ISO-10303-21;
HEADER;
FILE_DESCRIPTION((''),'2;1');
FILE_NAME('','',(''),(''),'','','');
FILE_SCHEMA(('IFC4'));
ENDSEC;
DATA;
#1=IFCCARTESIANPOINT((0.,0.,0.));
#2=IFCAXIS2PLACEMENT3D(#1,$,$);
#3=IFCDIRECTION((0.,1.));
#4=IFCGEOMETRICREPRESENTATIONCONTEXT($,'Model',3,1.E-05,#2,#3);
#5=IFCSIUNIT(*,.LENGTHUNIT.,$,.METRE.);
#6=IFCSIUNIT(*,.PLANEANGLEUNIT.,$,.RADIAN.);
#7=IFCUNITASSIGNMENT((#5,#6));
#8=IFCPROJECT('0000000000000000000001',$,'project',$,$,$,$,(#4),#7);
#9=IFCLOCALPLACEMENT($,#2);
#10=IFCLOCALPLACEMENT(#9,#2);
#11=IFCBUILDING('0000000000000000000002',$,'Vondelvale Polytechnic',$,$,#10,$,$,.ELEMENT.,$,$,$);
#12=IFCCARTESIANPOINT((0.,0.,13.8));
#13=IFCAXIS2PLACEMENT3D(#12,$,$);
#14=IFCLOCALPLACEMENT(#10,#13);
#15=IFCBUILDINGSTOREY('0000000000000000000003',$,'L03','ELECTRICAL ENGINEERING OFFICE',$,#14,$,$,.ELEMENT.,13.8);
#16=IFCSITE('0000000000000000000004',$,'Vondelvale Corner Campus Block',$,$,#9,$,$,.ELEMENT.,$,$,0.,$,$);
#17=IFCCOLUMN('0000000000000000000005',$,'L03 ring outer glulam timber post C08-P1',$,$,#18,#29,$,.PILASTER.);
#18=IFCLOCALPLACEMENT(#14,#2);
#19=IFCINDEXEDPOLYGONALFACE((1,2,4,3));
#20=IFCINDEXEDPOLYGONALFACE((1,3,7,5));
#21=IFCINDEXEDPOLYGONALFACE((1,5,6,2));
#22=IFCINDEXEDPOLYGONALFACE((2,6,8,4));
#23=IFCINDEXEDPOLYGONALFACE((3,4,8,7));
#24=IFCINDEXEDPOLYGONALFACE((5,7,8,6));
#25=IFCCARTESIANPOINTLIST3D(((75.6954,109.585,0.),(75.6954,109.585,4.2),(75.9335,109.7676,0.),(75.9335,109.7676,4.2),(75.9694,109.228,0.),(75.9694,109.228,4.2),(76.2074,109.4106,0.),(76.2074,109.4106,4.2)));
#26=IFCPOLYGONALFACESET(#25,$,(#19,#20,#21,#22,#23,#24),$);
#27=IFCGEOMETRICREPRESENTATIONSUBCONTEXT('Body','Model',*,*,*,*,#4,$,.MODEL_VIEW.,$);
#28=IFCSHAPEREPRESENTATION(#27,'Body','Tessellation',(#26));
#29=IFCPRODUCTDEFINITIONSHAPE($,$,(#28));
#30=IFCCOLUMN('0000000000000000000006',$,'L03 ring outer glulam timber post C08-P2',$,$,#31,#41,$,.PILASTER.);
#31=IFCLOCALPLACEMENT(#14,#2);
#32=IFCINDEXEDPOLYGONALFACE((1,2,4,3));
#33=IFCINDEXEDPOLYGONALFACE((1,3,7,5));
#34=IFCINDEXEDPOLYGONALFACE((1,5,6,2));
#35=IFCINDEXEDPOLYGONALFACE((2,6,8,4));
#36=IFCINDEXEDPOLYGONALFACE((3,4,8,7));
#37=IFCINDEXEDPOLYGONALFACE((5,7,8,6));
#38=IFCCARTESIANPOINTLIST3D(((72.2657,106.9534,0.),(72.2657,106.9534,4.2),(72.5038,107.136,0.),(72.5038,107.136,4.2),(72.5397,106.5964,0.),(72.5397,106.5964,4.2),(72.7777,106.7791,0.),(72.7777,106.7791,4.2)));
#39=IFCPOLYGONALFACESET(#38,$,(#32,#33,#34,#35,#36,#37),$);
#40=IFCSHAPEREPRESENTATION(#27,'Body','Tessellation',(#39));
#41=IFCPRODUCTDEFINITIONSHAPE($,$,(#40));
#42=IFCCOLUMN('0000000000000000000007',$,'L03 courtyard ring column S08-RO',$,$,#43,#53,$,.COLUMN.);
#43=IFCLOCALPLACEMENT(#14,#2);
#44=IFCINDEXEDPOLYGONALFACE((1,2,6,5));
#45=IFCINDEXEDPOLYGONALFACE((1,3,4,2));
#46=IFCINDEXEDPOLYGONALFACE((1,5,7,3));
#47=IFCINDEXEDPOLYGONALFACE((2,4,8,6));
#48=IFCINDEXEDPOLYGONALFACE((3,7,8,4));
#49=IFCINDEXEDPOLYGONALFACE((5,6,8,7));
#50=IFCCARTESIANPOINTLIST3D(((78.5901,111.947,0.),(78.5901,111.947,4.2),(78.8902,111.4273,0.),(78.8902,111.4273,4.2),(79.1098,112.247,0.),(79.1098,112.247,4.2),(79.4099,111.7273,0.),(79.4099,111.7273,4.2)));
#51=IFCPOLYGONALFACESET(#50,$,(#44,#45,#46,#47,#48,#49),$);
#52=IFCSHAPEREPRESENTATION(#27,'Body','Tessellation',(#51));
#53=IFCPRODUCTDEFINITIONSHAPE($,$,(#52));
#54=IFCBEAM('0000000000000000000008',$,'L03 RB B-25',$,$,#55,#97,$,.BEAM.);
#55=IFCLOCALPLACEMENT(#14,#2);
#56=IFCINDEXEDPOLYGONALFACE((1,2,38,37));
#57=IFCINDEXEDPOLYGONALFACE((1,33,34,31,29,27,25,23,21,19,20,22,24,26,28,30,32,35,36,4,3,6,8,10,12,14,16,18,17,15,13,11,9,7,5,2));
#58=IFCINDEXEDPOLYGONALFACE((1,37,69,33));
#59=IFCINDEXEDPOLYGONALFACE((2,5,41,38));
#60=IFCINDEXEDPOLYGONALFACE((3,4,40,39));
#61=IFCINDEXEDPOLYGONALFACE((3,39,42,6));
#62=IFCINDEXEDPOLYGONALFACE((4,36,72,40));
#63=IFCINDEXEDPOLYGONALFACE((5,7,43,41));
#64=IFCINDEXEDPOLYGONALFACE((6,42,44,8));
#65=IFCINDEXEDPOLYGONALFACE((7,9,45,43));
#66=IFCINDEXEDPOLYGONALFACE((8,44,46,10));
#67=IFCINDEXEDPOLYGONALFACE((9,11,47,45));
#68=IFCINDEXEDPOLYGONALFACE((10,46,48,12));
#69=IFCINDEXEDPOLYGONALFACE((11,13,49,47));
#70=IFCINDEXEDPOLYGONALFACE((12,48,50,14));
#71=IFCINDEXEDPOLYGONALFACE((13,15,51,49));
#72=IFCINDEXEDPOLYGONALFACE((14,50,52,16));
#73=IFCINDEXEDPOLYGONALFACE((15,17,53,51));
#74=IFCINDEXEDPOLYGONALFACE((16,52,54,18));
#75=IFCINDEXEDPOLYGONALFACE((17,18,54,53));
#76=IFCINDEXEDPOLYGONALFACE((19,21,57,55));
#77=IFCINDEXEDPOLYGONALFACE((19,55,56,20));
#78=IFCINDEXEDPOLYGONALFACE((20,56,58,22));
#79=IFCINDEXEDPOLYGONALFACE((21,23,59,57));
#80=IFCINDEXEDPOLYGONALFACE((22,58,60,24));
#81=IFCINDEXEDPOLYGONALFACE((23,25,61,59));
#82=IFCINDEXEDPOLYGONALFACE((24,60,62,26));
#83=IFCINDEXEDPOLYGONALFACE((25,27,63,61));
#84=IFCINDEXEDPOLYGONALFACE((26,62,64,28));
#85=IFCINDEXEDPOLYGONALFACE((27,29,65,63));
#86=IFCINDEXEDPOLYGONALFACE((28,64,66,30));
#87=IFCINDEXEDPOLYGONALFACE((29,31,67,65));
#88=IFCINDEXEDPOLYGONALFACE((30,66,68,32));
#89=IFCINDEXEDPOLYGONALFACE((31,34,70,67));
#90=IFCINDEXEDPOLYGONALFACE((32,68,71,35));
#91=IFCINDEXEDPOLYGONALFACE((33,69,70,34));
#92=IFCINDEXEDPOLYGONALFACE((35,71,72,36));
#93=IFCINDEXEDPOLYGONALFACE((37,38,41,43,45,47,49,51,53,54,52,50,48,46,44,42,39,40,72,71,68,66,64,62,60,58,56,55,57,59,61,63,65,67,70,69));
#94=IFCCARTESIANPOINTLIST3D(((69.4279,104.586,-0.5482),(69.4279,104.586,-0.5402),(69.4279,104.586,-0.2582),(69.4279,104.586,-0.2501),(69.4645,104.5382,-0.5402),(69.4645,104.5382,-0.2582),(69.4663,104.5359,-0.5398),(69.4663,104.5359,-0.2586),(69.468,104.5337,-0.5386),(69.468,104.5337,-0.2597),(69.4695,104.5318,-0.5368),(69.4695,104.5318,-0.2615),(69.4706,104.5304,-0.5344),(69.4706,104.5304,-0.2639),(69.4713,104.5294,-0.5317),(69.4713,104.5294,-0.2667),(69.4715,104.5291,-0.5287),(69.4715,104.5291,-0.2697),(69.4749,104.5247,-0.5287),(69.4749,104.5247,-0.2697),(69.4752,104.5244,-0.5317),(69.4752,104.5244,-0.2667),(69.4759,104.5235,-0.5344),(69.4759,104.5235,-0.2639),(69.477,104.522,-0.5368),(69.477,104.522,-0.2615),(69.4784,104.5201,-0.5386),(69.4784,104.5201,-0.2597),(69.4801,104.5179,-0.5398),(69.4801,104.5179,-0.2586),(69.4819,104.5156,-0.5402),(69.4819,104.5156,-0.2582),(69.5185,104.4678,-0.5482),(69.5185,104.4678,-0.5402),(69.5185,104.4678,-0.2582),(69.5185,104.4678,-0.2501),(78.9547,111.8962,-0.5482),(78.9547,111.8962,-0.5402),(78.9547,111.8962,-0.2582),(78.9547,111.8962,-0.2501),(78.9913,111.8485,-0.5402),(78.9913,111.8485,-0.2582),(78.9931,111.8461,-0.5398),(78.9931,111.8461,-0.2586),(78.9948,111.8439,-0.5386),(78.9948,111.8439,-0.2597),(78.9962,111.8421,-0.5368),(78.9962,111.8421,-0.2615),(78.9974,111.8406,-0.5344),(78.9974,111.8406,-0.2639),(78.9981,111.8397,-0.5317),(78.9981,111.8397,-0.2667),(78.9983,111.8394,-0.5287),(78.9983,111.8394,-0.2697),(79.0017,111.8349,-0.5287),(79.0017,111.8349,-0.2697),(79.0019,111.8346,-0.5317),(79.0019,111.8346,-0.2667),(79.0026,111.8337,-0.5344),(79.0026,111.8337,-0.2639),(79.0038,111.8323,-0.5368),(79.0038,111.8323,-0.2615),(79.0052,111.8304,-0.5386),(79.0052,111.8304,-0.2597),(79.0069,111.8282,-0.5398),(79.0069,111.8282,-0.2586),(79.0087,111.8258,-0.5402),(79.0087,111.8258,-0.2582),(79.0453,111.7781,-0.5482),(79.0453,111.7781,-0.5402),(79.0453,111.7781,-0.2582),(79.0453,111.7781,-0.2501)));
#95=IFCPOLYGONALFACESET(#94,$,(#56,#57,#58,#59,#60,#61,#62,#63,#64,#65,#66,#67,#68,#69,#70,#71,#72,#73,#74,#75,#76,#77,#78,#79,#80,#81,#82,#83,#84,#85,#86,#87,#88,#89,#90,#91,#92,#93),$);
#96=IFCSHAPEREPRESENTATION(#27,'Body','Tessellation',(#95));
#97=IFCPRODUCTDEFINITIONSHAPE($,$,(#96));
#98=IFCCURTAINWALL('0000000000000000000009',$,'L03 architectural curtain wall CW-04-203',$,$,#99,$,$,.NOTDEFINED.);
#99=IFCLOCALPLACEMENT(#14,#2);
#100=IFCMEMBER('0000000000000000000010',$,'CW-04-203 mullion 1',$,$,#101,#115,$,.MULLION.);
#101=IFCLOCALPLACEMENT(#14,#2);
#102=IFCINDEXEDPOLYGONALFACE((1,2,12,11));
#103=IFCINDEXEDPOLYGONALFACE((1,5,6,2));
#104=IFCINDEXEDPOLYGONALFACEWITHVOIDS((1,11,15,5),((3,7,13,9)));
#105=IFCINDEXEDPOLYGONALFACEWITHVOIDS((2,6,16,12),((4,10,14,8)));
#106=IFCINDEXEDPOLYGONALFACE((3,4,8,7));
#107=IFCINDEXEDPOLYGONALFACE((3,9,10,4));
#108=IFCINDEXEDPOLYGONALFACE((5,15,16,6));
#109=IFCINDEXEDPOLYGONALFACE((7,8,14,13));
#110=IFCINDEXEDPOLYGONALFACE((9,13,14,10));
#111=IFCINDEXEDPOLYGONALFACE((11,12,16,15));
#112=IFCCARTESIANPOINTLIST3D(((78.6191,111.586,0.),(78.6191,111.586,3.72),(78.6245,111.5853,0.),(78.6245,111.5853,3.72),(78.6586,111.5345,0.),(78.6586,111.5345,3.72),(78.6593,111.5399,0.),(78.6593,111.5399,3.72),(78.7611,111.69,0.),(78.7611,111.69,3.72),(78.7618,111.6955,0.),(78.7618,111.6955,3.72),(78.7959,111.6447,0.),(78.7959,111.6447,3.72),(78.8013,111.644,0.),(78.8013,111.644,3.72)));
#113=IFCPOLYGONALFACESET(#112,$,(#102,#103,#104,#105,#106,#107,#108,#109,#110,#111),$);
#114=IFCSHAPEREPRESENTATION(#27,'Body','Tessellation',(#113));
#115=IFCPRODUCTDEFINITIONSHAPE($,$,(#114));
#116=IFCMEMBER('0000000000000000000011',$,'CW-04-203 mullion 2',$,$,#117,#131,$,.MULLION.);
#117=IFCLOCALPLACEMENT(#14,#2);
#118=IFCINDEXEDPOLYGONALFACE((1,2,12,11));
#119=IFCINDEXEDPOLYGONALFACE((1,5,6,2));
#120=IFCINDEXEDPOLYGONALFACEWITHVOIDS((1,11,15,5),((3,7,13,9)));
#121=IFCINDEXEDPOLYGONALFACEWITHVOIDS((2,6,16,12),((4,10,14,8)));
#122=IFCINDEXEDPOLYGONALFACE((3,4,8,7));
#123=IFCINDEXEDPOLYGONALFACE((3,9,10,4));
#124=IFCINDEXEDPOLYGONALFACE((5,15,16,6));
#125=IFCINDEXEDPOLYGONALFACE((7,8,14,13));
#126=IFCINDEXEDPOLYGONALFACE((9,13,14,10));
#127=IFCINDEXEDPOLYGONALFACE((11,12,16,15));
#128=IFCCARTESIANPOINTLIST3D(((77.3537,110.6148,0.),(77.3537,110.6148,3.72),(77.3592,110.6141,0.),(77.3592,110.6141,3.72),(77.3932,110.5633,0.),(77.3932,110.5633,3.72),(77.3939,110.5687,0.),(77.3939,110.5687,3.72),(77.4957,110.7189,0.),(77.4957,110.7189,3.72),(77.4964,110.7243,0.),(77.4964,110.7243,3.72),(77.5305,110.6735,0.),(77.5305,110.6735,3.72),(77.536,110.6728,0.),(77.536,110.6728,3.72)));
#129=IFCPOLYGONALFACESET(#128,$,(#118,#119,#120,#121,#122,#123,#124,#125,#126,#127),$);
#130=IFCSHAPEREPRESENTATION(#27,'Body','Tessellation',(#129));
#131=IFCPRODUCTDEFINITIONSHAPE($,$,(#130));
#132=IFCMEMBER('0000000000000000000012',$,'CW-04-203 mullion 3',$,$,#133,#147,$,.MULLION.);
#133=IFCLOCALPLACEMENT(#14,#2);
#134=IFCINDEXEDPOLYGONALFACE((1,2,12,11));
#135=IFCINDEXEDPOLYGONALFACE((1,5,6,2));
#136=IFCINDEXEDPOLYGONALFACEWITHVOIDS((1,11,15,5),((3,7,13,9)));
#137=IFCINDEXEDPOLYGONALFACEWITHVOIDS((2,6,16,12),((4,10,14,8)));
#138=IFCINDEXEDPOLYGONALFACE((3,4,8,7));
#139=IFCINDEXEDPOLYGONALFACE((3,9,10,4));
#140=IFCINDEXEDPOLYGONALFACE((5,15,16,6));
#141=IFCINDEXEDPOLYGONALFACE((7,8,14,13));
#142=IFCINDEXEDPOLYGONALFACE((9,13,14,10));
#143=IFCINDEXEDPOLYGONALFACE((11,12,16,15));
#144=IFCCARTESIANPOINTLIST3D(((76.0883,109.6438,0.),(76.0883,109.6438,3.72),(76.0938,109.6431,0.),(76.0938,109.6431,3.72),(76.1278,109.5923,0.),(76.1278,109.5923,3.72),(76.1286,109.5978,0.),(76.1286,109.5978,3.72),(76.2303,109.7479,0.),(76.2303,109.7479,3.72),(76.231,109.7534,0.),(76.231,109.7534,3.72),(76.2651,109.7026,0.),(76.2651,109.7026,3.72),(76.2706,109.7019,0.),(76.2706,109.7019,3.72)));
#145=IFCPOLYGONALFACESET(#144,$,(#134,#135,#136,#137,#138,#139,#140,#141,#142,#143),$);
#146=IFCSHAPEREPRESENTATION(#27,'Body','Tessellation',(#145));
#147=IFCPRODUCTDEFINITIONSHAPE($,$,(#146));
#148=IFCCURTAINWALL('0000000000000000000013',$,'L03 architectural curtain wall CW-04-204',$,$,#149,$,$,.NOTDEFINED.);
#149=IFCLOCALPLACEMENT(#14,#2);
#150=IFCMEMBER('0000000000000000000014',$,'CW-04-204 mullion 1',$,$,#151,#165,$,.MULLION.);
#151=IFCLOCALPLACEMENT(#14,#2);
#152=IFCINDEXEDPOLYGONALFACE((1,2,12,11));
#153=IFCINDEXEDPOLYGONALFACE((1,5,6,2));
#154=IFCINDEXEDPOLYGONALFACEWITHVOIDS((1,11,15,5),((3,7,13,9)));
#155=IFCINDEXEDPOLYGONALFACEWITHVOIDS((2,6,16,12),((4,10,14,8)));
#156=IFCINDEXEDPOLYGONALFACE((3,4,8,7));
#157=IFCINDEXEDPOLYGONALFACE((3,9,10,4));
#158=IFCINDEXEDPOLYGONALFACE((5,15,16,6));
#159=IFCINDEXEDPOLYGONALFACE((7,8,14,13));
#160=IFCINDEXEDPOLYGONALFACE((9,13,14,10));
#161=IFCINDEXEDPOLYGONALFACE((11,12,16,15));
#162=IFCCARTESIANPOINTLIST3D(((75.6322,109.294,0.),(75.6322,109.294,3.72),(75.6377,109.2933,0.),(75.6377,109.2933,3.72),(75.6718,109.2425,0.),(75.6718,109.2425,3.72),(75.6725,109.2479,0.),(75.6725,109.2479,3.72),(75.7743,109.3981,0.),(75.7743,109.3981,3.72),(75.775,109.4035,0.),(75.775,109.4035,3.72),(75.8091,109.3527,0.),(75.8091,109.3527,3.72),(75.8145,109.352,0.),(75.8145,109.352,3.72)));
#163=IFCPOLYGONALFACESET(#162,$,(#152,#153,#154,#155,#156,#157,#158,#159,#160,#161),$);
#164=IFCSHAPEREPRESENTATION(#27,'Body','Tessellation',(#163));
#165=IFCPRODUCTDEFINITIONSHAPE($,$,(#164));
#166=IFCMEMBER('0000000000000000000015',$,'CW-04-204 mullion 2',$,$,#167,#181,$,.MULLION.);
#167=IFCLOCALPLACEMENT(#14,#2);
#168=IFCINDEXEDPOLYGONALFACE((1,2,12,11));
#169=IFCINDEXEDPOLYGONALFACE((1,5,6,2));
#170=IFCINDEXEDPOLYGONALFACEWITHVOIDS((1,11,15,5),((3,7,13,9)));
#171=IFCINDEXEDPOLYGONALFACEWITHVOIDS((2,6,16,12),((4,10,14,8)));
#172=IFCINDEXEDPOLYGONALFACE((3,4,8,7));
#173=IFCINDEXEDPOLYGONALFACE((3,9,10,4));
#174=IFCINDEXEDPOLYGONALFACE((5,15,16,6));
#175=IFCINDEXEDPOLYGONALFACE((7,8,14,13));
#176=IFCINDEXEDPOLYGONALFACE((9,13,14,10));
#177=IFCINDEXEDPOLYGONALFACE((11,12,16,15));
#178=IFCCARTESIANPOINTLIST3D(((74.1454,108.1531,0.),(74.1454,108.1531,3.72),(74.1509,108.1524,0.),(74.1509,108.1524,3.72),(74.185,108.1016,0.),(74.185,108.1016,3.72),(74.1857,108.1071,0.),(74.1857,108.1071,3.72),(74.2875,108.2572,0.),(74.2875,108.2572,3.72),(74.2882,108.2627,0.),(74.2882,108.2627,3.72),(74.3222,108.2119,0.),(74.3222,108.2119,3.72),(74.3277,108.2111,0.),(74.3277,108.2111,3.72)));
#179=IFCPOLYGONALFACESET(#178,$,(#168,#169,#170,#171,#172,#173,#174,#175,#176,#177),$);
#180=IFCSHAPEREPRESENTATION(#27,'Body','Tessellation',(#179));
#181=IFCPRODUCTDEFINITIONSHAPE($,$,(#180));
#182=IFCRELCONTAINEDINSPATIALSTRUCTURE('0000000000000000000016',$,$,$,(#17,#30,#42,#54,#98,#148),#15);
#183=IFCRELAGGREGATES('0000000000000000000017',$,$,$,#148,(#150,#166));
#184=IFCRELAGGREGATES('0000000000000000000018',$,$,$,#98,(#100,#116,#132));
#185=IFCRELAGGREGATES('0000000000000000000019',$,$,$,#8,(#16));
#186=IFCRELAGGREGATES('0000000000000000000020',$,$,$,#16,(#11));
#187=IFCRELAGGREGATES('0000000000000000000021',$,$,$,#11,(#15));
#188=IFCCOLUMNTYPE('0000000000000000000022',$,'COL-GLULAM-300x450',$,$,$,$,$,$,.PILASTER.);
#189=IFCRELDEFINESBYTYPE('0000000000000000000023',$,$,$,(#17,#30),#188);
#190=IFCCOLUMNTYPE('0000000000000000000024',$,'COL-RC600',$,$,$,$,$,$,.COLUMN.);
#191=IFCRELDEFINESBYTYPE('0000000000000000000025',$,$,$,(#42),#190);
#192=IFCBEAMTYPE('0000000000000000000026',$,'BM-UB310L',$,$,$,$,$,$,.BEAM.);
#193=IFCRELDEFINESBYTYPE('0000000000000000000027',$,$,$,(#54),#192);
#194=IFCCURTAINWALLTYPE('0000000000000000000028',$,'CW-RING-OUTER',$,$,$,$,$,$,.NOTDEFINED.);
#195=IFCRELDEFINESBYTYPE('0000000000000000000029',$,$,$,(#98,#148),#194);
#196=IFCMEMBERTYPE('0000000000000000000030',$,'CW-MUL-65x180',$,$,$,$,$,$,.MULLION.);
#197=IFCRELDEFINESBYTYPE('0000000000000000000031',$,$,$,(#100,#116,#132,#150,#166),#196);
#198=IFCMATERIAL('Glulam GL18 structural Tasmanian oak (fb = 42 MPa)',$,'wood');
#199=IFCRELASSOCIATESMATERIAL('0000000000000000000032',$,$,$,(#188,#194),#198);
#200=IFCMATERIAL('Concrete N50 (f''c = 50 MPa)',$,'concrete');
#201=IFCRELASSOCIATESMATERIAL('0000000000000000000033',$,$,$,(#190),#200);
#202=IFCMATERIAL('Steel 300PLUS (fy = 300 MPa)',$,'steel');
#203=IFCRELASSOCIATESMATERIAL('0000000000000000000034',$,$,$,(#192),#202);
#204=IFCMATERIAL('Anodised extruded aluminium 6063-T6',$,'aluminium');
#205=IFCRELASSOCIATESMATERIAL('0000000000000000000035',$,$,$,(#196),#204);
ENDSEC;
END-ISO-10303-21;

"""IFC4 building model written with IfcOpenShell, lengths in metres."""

from ifc_helpers import new_model, si_unit, direction, frame, origin, origin_2d, place, context, subcontext, project, spatial, rectangle, hollow_rectangle, i_section, extrude, material, material_profile, profile_set, type_object, element, aggregate, save


model = new_model("IFC4")

# Units and contexts
model_context = context("Model", 3, precision=1e-05, world=origin(), true_north=direction((0.0, 1.0)))
body_context = subcontext(model_context, "Body", "Model", "MODEL_VIEW")
ifc_project = project(units=[si_unit("LENGTHUNIT", "METRE"), si_unit("PLANEANGLEUNIT", "RADIAN")], contexts=[model_context])

# Site, building, storey
site_placement = place(None, origin())
site = spatial("IfcSite", under=ifc_project, at=site_placement, Name="Vondelvale Corner Campus Block", CompositionType="ELEMENT", RefElevation=0.0)
building_placement = place(site_placement, origin())
building = spatial("IfcBuilding", under=site, at=building_placement, Name="Vondelvale Polytechnic", CompositionType="ELEMENT")
storey_placement = place(building_placement, frame((0.0, 0.0, 13.8)))
storey = spatial("IfcBuildingStorey", under=building, at=storey_placement, Name="L03", Description="ELECTRICAL ENGINEERING OFFICE", CompositionType="ELEMENT", Elevation=13.8)

# Columns
ifc_material_1 = material(Name="Glulam GL18 structural Tasmanian oak (fb = 42 MPa)", Category="wood")
ifc_material_profile_1 = material_profile(ifc_material_1, rectangle(XDim=0.3, YDim=0.45, at=origin_2d()), Name="GL-POST-300x450")
ifc_profile_set_1 = profile_set([ifc_material_profile_1], Name="Glulam GL18 structural Tasmanian oak (fb = 42 MPa)")
column_type_1 = type_object("IfcColumnType", Name="COL-GLULAM-300x450", PredefinedType="PILASTER", material=ifc_profile_set_1)
for number, where, z_axis, x_axis, name in (
    (1, (75.9514, 109.4978, 0.0), (0.0, 0.0, 1.0), (0.793353, 0.608761, 0.0), "L03 ring outer glulam timber post C08-P1"),
    (2, (72.5217, 106.8662, 0.0), (0.0, 0.0, 1.0), (0.793353, 0.608761, 0.0), "L03 ring outer glulam timber post C08-P2"),
):
    element("IfcColumn", number, at=place(storey_placement, frame(where, z_axis=z_axis, x_axis=x_axis)), inside=storey, type_object=column_type_1, Name=name, PredefinedType="PILASTER", context=body_context, shape_type="SweptSolid", body=[
        extrude(rectangle(XDim=0.3, YDim=0.45, at=origin_2d()), origin(), (0.0, 0.0, 1.0), 4.2),
    ])
ifc_material_2 = material(Name="Concrete N50 (f'c = 50 MPa)", Category="concrete")
ifc_material_profile_2 = material_profile(ifc_material_2, rectangle(XDim=0.6001, YDim=0.6001, at=origin_2d()), Name="RC-COL-600x600")
ifc_profile_set_2 = profile_set([ifc_material_profile_2], Name="Concrete N50 (f'c = 50 MPa)")
column_type_2 = type_object("IfcColumnType", Name="COL-RC600", PredefinedType="COLUMN", material=ifc_profile_set_2)
column_placement = place(storey_placement, frame((79.0, 111.8372, 0.0), z_axis=(0.0, 0.0, 1.0), x_axis=(-0.5, 0.866025, 0.0)))
element("IfcColumn", 3, at=column_placement, inside=storey, type_object=column_type_2, Name="L03 courtyard ring column S08-RO", PredefinedType="COLUMN", context=body_context, shape_type="SweptSolid", body=[
    extrude(rectangle(XDim=0.6001, YDim=0.6001, at=origin_2d()), origin(), (0.0, 0.0, 1.0), 4.2),
])

# Beam
ifc_material_3 = material(Name="Steel 300PLUS (fy = 300 MPa)", Category="steel")
ifc_material_profile_3 = material_profile(ifc_material_3, i_section(OverallWidth=0.1489, OverallDepth=0.2981, WebThickness=0.0056, FlangeThickness=0.0081, FilletRadius=0.0115, at=origin_2d()), Name="310UB32.0")
ifc_profile_set_3 = profile_set([ifc_material_profile_3], Name="Steel 300PLUS (fy = 300 MPa)")
beam_type_1 = type_object("IfcBeamType", Name="BM-UB310L", PredefinedType="BEAM", material=ifc_profile_set_3)
beam_1_placement = place(storey_placement, frame((79.0, 111.8372, -0.3992), z_axis=(-0.79335, -0.608766, 0.0), x_axis=(0.608766, -0.79335, 0.0)))
element("IfcBeam", 4, at=beam_1_placement, inside=storey, type_object=beam_type_1, Name="L03 RB B-25", PredefinedType="BEAM", context=body_context, shape_type="SweptSolid", body=[
    extrude(i_section(OverallWidth=0.1489, OverallDepth=0.2981, WebThickness=0.0056, FlangeThickness=0.0081, FilletRadius=0.0115, at=origin_2d()), origin(), (0.0, 0.0, 1.0), 12.0083),
])

# Curtain walls, members
curtain_wall_type = type_object("IfcCurtainWallType", Name="CW-RING-OUTER", PredefinedType="NOTDEFINED", material=ifc_material_1)
curtain_wall_1_placement = place(storey_placement, origin())
curtain_wall_1 = element("IfcCurtainWall", 5, at=curtain_wall_1_placement, inside=storey, type_object=curtain_wall_type, Name="L03 architectural curtain wall CW-04-203", PredefinedType="NOTDEFINED")
ifc_material_4 = material(Name="Anodised extruded aluminium 6063-T6", Category="aluminium")
ifc_material_profile_4 = material_profile(ifc_material_4, hollow_rectangle(XDim=0.0649, YDim=0.1799, WallThickness=0.0039, at=origin_2d()), Name="CW-MUL-180x65")
ifc_profile_set_4 = profile_set([ifc_material_profile_4], Name="Anodised extruded aluminium 6063-T6")
member_type_1 = type_object("IfcMemberType", Name="CW-MUL-65x180", PredefinedType="MULLION", material=ifc_profile_set_4)
member_1_placement = place(storey_placement, frame((78.7102, 111.615, 0.0), z_axis=(0.0, 0.0, 1.0), x_axis=(0.608787, -0.793334, 0.0)))
member_1 = element("IfcMember", 6, at=member_1_placement, type_object=member_type_1, Name="CW-04-203 mullion 1", PredefinedType="MULLION", context=body_context, shape_type="SweptSolid", body=[
    extrude(hollow_rectangle(XDim=0.0649, YDim=0.1799, WallThickness=0.0039, at=origin_2d()), origin(), (0.0, 0.0, 1.0), 3.72),
])
member_2_placement = place(storey_placement, frame((77.4448, 110.6438, 0.0), z_axis=(0.0, 0.0, 1.0), x_axis=(0.608787, -0.793334, 0.0)))
member_2 = element("IfcMember", 7, at=member_2_placement, type_object=member_type_1, Name="CW-04-203 mullion 2", PredefinedType="MULLION", context=body_context, shape_type="SweptSolid", body=[
    extrude(hollow_rectangle(XDim=0.0649, YDim=0.1799, WallThickness=0.0039, at=origin_2d()), origin(), (0.0, 0.0, 1.0), 3.72),
])
member_3_placement = place(storey_placement, frame((76.1794, 109.6729, 0.0), z_axis=(0.0, 0.0, 1.0), x_axis=(0.608787, -0.793334, 0.0)))
member_3 = element("IfcMember", 8, at=member_3_placement, type_object=member_type_1, Name="CW-04-203 mullion 3", PredefinedType="MULLION", context=body_context, shape_type="SweptSolid", body=[
    extrude(hollow_rectangle(XDim=0.0649, YDim=0.1799, WallThickness=0.0039, at=origin_2d()), origin(), (0.0, 0.0, 1.0), 3.72),
])
curtain_wall_2_placement = place(storey_placement, origin())
curtain_wall_2 = element("IfcCurtainWall", 9, at=curtain_wall_2_placement, inside=storey, type_object=curtain_wall_type, Name="L03 architectural curtain wall CW-04-204", PredefinedType="NOTDEFINED")
member_4_placement = place(storey_placement, frame((75.7234, 109.323, 0.0), z_axis=(0.0, 0.0, 1.0), x_axis=(0.608771, -0.793346, 0.0)))
member_4 = element("IfcMember", 10, at=member_4_placement, type_object=member_type_1, Name="CW-04-204 mullion 1", PredefinedType="MULLION", context=body_context, shape_type="SweptSolid", body=[
    extrude(hollow_rectangle(XDim=0.0649, YDim=0.1799, WallThickness=0.0039, at=origin_2d()), origin(), (0.0, 0.0, 1.0), 3.72),
])
member_5_placement = place(storey_placement, frame((74.2366, 108.1821, 0.0), z_axis=(0.0, 0.0, 1.0), x_axis=(0.608771, -0.793346, 0.0)))
member_5 = element("IfcMember", 11, at=member_5_placement, type_object=member_type_1, Name="CW-04-204 mullion 2", PredefinedType="MULLION", context=body_context, shape_type="SweptSolid", body=[
    extrude(hollow_rectangle(XDim=0.0649, YDim=0.1799, WallThickness=0.0039, at=origin_2d()), origin(), (0.0, 0.0, 1.0), 3.72),
])

aggregate(curtain_wall_2, [member_4, member_5])
aggregate(curtain_wall_1, [member_1, member_2, member_3])

save(model, "model.ifc")
